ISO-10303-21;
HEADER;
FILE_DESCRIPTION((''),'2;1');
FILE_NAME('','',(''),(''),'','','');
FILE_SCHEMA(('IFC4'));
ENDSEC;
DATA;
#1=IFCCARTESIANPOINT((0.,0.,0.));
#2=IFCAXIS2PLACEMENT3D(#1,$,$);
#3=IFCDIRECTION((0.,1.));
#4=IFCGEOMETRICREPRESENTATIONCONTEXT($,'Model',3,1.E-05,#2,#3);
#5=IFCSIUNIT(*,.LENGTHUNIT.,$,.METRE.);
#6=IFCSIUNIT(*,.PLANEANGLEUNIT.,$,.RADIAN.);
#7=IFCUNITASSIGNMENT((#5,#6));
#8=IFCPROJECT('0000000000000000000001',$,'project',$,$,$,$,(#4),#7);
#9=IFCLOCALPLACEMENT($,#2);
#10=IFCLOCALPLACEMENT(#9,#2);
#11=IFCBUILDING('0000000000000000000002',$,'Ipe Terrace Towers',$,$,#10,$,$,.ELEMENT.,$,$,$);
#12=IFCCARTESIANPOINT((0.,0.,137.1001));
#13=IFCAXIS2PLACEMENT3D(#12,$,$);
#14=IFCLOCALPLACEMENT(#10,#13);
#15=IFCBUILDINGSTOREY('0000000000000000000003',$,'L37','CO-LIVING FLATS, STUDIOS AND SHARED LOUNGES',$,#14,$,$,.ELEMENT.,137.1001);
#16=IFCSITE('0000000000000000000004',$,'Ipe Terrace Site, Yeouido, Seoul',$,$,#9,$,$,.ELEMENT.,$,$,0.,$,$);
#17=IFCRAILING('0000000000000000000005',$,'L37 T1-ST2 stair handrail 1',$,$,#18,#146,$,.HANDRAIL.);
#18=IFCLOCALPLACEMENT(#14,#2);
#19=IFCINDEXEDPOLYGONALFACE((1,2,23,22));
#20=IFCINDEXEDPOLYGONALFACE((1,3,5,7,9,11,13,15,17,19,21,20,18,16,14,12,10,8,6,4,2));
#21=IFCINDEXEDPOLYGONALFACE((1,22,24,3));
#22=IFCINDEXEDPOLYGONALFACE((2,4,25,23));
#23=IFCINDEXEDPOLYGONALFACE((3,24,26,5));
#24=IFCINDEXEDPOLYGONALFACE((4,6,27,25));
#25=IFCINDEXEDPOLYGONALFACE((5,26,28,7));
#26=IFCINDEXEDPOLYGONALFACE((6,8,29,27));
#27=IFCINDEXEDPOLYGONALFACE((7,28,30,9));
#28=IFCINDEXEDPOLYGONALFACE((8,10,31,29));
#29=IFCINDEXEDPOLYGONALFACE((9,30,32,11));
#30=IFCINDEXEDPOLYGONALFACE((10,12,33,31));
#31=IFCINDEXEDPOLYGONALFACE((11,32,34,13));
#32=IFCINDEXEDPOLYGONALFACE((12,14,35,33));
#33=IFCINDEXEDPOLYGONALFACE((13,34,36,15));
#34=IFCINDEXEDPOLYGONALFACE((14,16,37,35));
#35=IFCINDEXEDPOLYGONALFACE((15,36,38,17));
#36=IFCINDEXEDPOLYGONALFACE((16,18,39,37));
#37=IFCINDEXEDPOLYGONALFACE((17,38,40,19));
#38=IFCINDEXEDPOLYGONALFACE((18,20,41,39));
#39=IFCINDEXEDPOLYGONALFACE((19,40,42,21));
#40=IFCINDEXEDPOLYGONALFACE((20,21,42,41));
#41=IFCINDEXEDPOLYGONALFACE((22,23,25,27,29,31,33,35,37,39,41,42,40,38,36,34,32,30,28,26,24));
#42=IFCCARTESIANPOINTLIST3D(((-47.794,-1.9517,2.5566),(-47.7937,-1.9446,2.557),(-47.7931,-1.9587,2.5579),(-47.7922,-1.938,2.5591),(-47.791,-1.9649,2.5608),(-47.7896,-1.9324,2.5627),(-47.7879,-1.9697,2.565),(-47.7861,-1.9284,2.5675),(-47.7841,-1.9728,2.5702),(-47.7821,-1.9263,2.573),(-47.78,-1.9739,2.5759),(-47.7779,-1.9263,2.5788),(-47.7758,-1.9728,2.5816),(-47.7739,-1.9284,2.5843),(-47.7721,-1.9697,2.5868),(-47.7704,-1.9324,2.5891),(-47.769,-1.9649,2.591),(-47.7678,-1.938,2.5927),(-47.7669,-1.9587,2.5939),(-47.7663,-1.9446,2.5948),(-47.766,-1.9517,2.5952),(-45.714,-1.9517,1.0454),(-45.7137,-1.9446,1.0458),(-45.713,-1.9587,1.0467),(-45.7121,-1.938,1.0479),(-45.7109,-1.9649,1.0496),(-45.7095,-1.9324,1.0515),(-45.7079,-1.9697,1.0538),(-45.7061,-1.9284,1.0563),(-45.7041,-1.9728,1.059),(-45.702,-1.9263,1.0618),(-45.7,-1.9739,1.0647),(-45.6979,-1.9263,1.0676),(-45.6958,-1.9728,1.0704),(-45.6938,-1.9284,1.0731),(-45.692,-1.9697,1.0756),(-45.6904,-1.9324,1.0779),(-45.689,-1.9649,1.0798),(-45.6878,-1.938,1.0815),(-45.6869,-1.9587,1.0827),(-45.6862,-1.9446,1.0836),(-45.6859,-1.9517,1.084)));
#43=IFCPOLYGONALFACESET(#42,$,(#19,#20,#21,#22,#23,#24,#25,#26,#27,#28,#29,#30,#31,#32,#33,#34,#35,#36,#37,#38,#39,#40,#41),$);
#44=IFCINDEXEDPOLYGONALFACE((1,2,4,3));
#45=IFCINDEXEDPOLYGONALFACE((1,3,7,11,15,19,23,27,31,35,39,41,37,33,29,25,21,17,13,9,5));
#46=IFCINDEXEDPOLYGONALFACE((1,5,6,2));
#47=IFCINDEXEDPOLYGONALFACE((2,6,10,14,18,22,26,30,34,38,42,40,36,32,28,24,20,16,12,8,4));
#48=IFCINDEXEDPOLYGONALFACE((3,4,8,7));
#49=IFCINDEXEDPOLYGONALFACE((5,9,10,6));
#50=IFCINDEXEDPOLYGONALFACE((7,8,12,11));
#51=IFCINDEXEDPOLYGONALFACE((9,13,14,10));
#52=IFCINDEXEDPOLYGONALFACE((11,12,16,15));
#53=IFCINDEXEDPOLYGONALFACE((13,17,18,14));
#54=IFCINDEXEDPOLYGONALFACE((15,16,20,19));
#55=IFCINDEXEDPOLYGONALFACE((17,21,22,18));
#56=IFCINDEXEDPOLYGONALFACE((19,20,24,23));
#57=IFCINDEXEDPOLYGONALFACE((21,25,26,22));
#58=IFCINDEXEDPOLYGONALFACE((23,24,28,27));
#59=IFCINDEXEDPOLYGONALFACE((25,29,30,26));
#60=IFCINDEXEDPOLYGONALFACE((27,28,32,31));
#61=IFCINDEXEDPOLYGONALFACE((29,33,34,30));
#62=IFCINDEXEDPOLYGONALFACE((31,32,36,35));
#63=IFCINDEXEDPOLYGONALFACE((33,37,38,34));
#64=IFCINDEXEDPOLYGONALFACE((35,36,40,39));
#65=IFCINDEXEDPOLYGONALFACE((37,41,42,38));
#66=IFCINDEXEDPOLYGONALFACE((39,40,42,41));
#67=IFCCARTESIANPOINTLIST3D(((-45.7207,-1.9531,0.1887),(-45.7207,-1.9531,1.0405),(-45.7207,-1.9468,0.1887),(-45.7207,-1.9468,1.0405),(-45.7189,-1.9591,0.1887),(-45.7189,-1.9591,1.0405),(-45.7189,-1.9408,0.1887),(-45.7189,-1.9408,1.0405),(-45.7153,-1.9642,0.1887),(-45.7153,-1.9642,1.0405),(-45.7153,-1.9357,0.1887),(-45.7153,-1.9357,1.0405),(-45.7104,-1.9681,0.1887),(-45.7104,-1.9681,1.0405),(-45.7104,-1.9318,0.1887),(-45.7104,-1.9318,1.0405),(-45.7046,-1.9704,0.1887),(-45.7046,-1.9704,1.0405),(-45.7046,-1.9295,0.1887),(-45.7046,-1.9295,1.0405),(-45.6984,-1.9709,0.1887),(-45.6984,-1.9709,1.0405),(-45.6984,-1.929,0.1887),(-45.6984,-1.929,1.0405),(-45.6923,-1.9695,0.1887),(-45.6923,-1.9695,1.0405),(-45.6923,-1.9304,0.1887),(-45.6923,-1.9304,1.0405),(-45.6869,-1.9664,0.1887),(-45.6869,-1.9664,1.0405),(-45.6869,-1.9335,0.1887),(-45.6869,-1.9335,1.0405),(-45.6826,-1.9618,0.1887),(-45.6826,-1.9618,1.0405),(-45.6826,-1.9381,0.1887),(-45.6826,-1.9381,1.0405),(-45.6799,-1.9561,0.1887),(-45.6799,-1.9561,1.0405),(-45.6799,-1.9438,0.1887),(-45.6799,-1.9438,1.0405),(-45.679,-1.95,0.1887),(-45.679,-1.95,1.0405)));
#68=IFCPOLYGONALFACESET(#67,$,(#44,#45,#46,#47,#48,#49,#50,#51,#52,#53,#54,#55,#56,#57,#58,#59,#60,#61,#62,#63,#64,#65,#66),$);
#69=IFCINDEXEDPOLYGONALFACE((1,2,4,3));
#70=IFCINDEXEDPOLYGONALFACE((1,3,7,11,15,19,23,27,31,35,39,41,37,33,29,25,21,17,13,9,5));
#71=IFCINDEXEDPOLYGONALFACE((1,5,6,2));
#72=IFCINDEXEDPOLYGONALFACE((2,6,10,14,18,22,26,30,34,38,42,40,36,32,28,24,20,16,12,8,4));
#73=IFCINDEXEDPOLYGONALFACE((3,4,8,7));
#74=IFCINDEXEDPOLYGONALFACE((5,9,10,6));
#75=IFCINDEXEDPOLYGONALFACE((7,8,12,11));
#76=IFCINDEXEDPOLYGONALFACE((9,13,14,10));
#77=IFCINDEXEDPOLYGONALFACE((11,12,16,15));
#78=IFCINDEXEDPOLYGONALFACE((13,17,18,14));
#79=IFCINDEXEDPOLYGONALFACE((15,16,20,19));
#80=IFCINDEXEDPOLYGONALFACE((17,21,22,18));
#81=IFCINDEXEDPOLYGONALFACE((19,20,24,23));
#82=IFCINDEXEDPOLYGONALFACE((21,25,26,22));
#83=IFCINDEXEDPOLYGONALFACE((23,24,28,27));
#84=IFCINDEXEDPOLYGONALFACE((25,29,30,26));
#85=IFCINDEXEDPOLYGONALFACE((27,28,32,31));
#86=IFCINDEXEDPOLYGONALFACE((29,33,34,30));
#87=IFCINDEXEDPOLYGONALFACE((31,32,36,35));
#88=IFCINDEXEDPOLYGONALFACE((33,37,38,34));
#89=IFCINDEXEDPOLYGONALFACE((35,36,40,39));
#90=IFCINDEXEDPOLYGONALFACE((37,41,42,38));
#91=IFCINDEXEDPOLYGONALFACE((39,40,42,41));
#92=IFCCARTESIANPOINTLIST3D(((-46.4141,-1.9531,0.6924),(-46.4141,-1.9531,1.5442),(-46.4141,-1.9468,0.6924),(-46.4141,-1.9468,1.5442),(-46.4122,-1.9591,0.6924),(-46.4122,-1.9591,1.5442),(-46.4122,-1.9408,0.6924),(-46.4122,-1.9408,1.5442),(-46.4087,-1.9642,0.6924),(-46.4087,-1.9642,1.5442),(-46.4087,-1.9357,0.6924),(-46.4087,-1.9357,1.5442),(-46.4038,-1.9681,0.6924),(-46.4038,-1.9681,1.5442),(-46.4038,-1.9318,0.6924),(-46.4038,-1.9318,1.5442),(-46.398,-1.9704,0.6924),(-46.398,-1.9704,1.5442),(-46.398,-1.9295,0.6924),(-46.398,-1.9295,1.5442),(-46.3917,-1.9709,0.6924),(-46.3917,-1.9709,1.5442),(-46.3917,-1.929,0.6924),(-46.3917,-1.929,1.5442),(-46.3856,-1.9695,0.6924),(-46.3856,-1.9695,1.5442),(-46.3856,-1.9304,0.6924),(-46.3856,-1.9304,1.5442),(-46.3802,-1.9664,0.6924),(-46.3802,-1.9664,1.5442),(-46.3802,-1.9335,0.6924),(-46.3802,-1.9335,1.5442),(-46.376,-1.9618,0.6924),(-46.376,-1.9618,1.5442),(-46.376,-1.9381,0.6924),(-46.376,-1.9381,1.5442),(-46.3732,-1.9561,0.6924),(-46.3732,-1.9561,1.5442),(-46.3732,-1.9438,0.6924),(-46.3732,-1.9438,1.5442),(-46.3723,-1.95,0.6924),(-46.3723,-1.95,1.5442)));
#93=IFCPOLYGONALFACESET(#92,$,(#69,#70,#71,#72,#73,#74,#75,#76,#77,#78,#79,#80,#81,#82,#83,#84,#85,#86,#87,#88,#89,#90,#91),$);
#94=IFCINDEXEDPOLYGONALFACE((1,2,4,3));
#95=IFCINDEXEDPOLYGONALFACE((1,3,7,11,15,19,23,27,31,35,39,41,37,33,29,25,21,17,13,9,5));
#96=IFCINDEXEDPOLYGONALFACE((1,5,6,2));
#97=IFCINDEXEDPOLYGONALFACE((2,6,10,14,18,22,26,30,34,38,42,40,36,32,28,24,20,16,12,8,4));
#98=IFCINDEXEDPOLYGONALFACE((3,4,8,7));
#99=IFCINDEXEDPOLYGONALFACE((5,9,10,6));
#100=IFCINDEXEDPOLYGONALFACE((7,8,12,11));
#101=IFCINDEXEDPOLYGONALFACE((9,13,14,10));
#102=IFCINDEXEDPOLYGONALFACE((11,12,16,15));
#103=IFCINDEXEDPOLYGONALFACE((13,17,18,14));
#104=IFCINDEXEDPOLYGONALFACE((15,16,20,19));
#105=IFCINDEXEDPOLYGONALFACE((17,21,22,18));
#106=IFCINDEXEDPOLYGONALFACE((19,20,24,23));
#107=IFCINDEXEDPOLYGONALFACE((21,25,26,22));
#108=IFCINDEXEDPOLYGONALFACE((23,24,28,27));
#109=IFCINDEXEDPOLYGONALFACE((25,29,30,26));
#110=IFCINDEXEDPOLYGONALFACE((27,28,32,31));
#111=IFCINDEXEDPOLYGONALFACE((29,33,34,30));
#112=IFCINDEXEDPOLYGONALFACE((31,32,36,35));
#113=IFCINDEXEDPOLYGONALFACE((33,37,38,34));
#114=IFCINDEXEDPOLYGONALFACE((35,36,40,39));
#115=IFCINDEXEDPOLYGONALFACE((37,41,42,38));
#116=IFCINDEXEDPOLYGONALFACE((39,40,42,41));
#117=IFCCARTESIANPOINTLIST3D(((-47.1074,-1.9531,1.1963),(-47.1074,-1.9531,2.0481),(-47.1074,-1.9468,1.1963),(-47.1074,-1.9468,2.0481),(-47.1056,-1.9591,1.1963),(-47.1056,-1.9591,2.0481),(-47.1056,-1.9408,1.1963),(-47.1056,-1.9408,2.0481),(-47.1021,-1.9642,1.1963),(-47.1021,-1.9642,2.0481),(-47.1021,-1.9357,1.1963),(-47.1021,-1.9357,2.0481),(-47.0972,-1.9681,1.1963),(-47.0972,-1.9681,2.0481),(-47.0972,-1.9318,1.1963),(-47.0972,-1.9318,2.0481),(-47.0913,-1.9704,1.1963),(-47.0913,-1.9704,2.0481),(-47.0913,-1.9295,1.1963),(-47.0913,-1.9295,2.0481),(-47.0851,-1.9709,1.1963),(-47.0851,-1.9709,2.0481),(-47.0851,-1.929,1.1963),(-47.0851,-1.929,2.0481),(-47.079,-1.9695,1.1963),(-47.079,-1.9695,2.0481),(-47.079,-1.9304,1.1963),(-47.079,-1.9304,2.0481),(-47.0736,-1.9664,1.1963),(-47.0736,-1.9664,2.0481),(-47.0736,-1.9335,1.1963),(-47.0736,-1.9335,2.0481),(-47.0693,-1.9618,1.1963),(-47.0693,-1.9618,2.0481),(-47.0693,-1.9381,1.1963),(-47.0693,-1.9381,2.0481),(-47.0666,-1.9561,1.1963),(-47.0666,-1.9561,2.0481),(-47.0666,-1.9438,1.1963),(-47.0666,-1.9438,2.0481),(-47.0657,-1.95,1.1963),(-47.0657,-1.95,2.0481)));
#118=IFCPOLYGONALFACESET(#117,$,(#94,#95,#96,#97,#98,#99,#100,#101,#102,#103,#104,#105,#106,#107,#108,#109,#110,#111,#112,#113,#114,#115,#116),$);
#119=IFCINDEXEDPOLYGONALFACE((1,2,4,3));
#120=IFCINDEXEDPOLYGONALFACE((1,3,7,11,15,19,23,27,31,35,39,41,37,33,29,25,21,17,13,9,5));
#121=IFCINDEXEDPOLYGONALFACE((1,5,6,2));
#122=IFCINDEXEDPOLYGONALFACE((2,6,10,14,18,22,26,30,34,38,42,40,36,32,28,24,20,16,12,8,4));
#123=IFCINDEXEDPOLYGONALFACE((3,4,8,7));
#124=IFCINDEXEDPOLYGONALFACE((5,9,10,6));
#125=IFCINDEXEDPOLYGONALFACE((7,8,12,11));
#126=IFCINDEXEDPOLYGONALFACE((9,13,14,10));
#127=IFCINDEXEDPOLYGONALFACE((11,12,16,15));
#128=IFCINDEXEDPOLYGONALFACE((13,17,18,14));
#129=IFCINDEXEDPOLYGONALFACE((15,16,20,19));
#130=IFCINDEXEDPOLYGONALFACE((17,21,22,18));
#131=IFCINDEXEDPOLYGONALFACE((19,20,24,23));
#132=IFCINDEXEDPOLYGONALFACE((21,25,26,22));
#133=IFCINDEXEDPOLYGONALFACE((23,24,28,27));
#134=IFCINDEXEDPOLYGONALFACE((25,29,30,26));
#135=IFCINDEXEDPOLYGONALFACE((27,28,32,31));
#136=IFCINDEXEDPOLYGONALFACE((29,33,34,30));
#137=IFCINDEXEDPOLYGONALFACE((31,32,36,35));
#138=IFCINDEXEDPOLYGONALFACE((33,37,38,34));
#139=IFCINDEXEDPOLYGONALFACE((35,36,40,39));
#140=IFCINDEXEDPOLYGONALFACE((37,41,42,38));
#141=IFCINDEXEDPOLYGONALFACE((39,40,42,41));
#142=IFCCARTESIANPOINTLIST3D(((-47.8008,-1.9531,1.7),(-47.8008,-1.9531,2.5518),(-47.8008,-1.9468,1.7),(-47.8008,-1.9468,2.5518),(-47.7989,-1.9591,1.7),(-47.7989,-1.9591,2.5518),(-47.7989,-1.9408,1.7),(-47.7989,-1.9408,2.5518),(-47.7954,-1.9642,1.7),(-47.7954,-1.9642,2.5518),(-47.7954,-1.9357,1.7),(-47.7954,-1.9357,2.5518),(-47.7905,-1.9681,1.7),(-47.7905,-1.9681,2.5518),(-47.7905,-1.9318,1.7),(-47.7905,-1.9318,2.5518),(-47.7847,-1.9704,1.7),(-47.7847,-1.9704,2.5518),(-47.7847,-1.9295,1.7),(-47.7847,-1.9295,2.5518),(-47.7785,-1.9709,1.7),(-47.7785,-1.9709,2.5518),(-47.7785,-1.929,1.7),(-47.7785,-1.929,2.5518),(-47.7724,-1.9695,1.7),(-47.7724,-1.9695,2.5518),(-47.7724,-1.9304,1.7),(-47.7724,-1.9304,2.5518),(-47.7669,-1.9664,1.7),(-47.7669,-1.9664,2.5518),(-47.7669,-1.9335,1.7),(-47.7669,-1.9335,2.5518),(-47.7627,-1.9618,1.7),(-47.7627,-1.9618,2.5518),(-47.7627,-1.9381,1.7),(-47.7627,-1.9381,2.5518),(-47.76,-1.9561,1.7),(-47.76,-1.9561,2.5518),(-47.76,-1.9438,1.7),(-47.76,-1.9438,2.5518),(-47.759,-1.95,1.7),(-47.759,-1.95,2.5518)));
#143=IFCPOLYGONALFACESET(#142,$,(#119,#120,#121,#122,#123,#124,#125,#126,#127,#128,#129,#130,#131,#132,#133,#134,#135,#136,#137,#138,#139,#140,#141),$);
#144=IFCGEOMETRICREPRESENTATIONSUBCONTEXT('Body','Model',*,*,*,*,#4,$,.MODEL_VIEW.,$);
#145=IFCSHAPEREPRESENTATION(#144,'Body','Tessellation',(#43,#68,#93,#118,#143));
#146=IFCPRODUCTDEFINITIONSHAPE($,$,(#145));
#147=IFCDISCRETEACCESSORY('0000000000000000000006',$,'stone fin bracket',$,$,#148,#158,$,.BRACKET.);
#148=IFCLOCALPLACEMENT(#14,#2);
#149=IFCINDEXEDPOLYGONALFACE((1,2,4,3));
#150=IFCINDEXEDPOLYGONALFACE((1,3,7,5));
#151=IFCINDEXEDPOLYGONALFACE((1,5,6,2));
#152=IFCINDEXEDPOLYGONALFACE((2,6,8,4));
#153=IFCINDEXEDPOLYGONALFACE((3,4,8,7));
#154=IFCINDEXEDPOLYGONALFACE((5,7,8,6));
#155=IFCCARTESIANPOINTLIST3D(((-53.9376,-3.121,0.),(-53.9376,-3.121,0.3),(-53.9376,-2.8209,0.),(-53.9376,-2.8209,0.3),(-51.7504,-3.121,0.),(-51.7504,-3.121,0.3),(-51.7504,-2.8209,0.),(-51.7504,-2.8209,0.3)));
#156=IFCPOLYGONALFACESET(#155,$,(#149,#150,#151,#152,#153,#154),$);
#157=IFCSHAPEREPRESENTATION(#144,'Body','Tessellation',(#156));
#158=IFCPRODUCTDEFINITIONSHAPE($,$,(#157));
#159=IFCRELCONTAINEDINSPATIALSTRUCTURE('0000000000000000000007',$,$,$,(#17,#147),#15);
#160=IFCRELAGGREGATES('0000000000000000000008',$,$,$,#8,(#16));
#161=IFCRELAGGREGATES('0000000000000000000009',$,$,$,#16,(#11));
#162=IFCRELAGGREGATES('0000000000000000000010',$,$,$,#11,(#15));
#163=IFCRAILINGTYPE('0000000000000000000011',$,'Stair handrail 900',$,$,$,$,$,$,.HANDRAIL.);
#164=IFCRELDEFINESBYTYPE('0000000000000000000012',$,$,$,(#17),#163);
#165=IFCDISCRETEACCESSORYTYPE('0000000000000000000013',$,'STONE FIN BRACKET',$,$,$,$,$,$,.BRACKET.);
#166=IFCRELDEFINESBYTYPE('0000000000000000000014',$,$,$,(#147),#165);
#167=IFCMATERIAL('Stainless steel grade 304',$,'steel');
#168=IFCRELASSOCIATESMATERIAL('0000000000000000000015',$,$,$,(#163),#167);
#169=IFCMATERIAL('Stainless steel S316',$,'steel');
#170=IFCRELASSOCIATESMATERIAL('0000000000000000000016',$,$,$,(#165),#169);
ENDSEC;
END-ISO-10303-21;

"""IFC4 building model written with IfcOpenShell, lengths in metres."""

from ifc_helpers import new_model, si_unit, direction, frame, origin, origin_2d, place, context, subcontext, project, spatial, rectangle, circle, extrude, material, type_object, element, save


model = new_model("IFC4")

# Units and contexts
model_context = context("Model", 3, precision=1e-05, world=origin(), true_north=direction((0.0, 1.0)))
body_context = subcontext(model_context, "Body", "Model", "MODEL_VIEW")
ifc_project = project(units=[si_unit("LENGTHUNIT", "METRE"), si_unit("PLANEANGLEUNIT", "RADIAN")], contexts=[model_context])

# Site, building, storey
site_placement = place(None, origin())
site = spatial("IfcSite", under=ifc_project, at=site_placement, Name="Ipe Terrace Site, Yeouido, Seoul", CompositionType="ELEMENT", RefElevation=0.0)
building_placement = place(site_placement, origin())
building = spatial("IfcBuilding", under=site, at=building_placement, Name="Ipe Terrace Towers", CompositionType="ELEMENT")
storey_placement = place(building_placement, frame((0.0, 0.0, 137.1001)))
storey = spatial("IfcBuildingStorey", under=building, at=storey_placement, Name="L37", Description="CO-LIVING FLATS, STUDIOS AND SHARED LOUNGES", CompositionType="ELEMENT", Elevation=137.1001)

# Railing
ifc_material_1 = material(Name="Stainless steel grade 304", Category="steel")
railing_type = type_object("IfcRailingType", Name="Stair handrail 900", PredefinedType="HANDRAIL", material=ifc_material_1)
railing_placement = place(storey_placement, frame((-45.7, -1.95, 0.1887)))
element("IfcRailing", 1, at=railing_placement, inside=storey, type_object=railing_type, Name="L37 T1-ST2 stair handrail 1", PredefinedType="HANDRAIL", context=body_context, shape_type="SweptSolid", body=[
    extrude(circle(Radius=0.0239, at=origin_2d()), frame((0.0, 0.0, 0.876), z_axis=(-0.809023, 0.0, 0.587776), x_axis=(0.0, -1.0, 0.0)), (0.0, 0.0, 1.0), 2.571),
    extrude(circle(Radius=0.021, at=origin_2d()), origin(), (0.0, 0.0, 1.0), 0.8518),
    extrude(circle(Radius=0.021, at=origin_2d()), frame((-0.6934, 0.0, 0.5037)), (0.0, 0.0, 1.0), 0.8518),
    extrude(circle(Radius=0.021, at=origin_2d()), frame((-1.3867, 0.0, 1.0076)), (0.0, 0.0, 1.0), 0.8518),
    extrude(circle(Radius=0.021, at=origin_2d()), frame((-2.0801, 0.0, 1.5112)), (0.0, 0.0, 1.0), 0.8518),
])

# Discrete accessory
ifc_material_2 = material(Name="Stainless steel S316", Category="steel")
discrete_accessory_type = type_object("IfcDiscreteAccessoryType", Name="STONE FIN BRACKET", PredefinedType="BRACKET", material=ifc_material_2)
discrete_accessory_placement = place(storey_placement, frame((-52.844, -2.9709, 0.0), z_axis=(0.0, 0.0, 1.0), x_axis=(0.0, -1.0, 0.0)))
element("IfcDiscreteAccessory", 2, at=discrete_accessory_placement, inside=storey, type_object=discrete_accessory_type, Name="stone fin bracket", PredefinedType="BRACKET", context=body_context, shape_type="SweptSolid", body=[
    extrude(rectangle(XDim=0.3, YDim=2.1873, at=origin_2d()), origin(), (0.0, 0.0, 1.0), 0.3),
])

save(model, "model.ifc")
